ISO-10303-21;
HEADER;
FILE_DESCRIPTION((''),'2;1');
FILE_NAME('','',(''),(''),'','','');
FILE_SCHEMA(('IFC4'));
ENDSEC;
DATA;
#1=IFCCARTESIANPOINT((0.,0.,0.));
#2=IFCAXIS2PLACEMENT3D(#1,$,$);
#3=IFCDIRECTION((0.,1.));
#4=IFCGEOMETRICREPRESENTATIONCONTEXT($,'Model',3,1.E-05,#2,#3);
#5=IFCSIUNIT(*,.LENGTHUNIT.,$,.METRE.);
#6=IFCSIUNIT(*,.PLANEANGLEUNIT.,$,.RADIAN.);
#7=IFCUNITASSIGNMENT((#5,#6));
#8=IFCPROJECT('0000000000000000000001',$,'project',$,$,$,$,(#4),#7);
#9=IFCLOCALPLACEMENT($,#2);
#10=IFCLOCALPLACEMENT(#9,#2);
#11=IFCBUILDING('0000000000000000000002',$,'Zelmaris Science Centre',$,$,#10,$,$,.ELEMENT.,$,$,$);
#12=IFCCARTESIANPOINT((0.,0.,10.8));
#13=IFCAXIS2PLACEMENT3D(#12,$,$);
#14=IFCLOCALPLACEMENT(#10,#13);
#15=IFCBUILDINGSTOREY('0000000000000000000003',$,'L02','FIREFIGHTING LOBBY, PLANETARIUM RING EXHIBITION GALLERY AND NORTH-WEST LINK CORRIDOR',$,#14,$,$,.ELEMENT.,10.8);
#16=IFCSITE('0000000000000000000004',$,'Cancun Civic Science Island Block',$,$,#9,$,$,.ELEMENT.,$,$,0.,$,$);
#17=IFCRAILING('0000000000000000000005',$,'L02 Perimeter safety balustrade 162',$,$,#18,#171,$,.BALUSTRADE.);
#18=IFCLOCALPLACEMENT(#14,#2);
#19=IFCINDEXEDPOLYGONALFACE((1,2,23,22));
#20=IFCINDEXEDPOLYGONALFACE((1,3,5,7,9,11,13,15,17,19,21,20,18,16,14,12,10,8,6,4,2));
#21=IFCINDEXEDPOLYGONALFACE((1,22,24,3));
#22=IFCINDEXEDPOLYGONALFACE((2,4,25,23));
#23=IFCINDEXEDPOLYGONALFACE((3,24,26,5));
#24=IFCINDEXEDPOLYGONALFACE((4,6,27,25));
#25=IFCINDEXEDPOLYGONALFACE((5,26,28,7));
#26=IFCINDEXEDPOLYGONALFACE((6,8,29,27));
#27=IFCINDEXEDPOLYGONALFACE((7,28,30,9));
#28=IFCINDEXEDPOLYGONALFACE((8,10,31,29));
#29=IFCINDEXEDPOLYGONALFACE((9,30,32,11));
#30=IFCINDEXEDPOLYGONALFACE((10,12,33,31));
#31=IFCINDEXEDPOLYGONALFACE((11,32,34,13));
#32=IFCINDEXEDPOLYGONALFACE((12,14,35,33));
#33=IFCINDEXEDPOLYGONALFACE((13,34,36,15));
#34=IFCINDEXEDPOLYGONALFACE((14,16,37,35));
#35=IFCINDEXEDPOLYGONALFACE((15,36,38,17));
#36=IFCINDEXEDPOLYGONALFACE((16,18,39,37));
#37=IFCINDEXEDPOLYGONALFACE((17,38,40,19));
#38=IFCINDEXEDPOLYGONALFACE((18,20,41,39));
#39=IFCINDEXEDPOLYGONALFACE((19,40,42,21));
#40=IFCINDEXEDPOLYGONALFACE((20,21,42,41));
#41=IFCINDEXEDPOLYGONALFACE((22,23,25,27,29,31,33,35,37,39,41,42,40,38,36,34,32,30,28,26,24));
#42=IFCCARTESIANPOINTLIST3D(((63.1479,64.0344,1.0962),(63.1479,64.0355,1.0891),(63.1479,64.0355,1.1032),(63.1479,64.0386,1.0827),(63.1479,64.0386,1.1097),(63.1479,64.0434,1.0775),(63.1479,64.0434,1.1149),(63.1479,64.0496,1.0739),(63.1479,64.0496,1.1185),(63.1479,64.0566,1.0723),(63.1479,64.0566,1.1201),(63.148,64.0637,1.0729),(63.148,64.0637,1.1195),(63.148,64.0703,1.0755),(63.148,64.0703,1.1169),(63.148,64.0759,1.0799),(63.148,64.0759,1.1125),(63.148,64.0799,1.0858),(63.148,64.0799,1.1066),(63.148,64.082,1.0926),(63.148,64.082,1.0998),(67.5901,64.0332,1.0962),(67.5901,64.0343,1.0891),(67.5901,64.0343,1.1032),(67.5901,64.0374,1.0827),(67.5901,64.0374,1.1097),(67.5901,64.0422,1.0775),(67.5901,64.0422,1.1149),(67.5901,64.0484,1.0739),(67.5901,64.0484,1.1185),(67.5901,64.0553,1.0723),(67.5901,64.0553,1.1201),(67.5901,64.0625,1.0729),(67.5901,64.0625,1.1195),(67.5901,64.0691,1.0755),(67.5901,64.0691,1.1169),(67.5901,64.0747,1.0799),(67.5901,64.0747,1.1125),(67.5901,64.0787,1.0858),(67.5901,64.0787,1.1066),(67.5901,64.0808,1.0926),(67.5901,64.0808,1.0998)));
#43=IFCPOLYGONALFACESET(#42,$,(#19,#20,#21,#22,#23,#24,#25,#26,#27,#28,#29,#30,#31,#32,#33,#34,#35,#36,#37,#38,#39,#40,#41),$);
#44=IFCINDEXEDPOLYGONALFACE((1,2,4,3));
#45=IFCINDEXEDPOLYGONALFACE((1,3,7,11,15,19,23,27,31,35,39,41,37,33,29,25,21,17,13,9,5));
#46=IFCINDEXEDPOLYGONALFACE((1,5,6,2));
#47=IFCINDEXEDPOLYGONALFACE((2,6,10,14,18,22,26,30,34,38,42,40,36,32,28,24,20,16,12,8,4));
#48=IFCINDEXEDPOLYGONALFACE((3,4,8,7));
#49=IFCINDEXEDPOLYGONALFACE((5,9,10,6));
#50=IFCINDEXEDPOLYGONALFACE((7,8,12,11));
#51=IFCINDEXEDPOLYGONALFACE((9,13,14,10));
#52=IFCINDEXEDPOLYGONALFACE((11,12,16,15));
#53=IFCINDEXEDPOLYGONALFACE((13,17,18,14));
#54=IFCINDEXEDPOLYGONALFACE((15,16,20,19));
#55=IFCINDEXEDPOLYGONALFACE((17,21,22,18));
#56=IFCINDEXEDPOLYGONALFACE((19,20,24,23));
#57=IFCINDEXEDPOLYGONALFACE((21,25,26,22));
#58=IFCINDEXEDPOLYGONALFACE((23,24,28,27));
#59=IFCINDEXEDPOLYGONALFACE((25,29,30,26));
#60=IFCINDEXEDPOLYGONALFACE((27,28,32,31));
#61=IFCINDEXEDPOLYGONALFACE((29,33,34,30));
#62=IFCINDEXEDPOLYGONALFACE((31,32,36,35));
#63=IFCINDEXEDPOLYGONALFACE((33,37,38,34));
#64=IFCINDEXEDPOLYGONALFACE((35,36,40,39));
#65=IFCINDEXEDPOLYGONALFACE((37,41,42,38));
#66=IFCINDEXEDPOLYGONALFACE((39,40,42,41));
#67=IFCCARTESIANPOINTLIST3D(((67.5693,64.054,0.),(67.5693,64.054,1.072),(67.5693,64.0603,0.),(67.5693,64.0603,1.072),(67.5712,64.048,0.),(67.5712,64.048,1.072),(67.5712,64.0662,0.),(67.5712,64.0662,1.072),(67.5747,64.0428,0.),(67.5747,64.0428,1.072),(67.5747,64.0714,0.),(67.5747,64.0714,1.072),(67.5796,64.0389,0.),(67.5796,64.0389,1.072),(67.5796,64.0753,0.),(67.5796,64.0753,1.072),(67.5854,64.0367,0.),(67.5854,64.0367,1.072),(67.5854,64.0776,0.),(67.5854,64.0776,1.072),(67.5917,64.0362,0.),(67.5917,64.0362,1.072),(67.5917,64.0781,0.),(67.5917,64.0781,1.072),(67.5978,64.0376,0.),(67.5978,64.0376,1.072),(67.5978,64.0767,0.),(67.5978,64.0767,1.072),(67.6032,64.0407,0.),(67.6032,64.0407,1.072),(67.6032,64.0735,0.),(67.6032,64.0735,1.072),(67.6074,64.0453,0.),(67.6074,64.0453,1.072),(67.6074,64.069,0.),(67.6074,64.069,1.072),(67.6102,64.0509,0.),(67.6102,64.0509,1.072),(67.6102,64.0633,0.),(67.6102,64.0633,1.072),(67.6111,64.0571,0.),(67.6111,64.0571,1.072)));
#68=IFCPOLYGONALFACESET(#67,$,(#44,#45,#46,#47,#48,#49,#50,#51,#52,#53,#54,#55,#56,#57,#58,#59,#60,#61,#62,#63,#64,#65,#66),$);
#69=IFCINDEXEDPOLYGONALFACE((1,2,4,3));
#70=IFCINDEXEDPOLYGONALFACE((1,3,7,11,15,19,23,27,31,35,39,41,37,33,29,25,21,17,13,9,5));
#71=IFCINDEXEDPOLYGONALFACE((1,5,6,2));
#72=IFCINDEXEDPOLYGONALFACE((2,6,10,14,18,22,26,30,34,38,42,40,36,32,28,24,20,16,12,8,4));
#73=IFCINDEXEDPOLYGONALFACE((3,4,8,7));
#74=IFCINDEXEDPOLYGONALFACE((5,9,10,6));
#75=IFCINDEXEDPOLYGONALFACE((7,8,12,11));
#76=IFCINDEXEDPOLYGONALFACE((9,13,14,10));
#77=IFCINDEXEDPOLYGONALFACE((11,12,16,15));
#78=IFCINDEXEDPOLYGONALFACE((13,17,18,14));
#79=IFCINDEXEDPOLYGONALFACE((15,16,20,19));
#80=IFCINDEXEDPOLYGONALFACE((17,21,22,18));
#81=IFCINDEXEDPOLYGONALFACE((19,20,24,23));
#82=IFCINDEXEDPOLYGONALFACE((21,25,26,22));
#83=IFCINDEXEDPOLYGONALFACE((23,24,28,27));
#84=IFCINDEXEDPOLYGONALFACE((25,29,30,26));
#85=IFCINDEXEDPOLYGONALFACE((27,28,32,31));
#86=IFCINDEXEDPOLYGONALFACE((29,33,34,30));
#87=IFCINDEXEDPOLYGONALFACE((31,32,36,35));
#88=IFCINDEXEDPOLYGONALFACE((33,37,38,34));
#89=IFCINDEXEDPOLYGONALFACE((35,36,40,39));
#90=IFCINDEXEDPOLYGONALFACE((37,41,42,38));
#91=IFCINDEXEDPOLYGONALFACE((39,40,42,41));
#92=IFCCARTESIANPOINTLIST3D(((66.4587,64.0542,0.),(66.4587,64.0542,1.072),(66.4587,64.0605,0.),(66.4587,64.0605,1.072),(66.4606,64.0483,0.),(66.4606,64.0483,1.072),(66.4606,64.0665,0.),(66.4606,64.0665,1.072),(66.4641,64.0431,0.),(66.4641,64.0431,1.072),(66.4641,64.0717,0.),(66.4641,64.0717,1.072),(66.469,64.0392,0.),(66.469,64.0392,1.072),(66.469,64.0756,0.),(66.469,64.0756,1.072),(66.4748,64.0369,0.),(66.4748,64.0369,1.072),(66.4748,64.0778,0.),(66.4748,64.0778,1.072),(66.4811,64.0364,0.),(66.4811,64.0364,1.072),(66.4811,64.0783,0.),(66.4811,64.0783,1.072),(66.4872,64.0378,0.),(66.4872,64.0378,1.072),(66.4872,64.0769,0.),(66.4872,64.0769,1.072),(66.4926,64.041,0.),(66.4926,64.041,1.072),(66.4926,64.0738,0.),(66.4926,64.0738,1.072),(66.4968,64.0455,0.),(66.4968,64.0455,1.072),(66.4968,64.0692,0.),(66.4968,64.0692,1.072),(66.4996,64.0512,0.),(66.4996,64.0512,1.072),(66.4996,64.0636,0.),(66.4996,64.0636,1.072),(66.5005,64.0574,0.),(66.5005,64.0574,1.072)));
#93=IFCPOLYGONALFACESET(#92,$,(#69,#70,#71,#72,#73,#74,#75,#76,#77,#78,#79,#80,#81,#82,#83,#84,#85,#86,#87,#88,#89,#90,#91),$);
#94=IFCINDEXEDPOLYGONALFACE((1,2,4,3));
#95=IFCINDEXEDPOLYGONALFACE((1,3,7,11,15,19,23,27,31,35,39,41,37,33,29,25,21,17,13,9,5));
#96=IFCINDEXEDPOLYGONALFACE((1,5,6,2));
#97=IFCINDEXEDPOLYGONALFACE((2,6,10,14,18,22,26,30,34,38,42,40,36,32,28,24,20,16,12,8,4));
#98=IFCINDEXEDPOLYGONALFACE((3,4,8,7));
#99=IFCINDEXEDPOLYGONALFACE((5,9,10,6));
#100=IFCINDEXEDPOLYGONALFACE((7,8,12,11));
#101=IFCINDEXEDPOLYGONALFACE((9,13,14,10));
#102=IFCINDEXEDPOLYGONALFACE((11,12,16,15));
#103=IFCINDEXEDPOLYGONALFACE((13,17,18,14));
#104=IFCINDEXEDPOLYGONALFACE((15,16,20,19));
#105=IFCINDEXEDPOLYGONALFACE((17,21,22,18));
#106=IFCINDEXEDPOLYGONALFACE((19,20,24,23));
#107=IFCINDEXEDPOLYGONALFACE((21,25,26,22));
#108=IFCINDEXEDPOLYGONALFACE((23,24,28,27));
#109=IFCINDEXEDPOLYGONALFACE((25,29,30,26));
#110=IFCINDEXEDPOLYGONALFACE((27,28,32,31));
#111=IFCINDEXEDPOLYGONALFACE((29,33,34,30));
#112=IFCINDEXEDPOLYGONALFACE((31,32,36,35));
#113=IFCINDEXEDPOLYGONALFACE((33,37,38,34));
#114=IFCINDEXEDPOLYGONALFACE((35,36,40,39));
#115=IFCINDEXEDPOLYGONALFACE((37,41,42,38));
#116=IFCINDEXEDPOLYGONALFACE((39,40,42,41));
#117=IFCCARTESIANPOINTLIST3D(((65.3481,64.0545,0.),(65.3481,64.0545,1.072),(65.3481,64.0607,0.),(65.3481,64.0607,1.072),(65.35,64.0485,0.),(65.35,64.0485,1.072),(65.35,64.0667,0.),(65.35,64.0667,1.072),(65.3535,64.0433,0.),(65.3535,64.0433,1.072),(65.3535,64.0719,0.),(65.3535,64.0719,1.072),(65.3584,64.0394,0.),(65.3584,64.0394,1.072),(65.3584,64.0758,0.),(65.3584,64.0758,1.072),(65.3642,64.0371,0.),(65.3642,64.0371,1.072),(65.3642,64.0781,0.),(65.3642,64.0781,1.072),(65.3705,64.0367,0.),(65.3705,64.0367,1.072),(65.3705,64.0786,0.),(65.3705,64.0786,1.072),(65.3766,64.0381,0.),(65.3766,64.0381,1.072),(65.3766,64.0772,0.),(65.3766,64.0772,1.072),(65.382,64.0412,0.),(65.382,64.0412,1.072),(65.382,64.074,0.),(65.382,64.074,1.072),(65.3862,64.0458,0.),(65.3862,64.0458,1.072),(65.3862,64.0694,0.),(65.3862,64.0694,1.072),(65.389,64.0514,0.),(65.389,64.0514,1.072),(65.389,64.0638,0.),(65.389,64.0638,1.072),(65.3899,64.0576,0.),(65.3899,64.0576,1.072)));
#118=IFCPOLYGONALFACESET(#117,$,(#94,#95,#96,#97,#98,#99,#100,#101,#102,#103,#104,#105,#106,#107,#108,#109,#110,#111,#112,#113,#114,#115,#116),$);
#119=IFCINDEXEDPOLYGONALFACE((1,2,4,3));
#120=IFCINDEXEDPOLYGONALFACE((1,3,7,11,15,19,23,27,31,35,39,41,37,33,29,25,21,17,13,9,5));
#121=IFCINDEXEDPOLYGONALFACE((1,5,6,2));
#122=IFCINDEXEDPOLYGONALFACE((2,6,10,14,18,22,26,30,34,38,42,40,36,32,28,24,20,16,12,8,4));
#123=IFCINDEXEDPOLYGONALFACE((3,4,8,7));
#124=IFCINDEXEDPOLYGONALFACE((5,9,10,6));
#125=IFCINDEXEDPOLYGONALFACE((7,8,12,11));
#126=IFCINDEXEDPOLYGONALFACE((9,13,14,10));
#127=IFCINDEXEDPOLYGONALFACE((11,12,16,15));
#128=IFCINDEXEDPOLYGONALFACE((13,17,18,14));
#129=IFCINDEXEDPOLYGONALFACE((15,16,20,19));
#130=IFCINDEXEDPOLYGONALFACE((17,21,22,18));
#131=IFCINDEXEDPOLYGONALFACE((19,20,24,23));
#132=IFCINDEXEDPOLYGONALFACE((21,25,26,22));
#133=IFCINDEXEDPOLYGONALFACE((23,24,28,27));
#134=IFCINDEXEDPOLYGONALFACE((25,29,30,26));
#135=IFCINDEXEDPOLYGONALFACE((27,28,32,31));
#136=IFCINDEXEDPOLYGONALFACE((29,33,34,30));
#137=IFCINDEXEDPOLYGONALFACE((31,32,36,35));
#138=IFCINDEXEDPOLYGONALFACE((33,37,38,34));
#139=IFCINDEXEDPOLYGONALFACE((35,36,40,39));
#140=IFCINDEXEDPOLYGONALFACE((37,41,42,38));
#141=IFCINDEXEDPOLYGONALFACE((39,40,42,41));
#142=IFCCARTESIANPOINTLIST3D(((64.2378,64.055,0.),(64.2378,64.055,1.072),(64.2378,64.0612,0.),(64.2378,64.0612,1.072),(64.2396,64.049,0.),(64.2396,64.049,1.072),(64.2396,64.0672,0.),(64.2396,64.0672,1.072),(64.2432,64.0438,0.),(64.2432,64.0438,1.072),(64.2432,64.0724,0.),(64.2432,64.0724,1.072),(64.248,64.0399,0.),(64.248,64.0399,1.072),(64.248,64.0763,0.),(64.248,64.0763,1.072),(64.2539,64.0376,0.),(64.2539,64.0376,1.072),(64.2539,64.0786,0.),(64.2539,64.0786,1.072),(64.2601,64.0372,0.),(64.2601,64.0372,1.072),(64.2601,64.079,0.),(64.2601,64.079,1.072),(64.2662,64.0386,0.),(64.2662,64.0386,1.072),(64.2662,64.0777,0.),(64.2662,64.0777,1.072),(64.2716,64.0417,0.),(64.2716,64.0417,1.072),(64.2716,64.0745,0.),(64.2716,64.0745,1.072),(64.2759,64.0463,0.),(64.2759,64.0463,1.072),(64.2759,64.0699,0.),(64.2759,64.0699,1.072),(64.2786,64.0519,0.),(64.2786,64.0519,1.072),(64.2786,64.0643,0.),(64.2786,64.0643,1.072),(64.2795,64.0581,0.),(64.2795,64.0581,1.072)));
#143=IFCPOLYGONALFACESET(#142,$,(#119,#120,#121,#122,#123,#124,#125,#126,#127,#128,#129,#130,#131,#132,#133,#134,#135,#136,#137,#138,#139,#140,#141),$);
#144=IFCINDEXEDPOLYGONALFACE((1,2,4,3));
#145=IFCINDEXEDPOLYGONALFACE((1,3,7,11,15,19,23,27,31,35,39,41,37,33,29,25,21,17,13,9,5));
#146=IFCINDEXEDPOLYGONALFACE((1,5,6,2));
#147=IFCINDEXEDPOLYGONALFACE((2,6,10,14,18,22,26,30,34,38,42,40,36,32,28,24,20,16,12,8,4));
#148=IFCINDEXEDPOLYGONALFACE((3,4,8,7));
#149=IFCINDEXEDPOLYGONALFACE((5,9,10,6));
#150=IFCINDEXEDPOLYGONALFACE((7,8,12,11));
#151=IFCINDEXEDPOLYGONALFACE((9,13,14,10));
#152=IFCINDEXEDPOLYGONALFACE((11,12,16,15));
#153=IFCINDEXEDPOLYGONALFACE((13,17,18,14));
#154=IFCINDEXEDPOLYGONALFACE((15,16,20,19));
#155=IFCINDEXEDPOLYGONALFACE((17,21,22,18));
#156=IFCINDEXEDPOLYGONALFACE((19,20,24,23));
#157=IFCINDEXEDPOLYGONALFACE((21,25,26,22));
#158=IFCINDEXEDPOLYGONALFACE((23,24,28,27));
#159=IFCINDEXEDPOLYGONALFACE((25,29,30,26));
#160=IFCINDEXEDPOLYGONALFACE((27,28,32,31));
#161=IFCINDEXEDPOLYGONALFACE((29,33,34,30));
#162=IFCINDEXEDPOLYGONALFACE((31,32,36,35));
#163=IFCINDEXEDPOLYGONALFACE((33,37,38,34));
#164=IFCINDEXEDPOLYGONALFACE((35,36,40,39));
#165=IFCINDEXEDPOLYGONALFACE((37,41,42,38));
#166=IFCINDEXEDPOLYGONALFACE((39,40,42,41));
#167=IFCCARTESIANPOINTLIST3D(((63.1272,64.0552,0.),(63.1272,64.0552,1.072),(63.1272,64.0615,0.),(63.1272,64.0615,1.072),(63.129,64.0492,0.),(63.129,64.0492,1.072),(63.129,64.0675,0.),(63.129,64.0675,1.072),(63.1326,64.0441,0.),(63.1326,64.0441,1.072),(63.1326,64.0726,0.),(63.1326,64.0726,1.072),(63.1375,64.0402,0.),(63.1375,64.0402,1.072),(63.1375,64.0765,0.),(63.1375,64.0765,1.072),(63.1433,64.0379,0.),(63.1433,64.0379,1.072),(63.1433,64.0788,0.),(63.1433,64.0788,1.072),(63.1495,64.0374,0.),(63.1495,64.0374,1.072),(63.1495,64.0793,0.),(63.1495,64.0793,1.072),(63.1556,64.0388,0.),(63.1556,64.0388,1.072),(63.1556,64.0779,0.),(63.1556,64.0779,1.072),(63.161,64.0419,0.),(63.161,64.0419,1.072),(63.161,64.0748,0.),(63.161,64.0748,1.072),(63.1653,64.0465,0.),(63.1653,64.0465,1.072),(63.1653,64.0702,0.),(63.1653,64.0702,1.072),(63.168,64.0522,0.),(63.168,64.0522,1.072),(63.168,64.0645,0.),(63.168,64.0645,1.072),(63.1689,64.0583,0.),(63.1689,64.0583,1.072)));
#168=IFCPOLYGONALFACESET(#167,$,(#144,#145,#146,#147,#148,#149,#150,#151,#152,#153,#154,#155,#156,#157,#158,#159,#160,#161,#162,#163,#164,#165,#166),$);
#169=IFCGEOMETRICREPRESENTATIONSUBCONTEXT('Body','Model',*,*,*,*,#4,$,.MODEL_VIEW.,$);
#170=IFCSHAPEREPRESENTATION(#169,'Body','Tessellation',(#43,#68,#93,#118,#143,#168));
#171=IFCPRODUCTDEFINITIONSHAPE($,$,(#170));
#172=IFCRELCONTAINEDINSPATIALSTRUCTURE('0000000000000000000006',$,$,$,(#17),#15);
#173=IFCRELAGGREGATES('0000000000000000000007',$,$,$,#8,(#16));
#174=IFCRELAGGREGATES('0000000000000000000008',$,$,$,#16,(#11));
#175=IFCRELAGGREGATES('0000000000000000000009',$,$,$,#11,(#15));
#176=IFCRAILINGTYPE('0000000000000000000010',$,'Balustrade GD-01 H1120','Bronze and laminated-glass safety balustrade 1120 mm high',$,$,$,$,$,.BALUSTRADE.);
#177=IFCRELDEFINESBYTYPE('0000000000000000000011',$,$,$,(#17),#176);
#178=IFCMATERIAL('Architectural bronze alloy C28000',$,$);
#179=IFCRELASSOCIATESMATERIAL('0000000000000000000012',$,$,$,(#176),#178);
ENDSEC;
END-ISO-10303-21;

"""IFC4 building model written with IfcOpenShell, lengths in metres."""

from ifc_helpers import new_model, si_unit, direction, frame, origin, origin_2d, place, context, subcontext, project, spatial, circle, extrude, material, type_object, element, save


model = new_model("IFC4")

# Units and contexts
model_context = context("Model", 3, precision=1e-05, world=origin(), true_north=direction((0.0, 1.0)))
body_context = subcontext(model_context, "Body", "Model", "MODEL_VIEW")
ifc_project = project(units=[si_unit("LENGTHUNIT", "METRE"), si_unit("PLANEANGLEUNIT", "RADIAN")], contexts=[model_context])

# Site, building, storey
site_placement = place(None, origin())
site = spatial("IfcSite", under=ifc_project, at=site_placement, Name="Cancun Civic Science Island Block", CompositionType="ELEMENT", RefElevation=0.0)
building_placement = place(site_placement, origin())
building = spatial("IfcBuilding", under=site, at=building_placement, Name="Zelmaris Science Centre", CompositionType="ELEMENT")
storey_placement = place(building_placement, frame((0.0, 0.0, 10.8)))
storey = spatial("IfcBuildingStorey", under=building, at=storey_placement, Name="L02", Description="FIREFIGHTING LOBBY, PLANETARIUM RING EXHIBITION GALLERY AND NORTH-WEST LINK CORRIDOR", CompositionType="ELEMENT", Elevation=10.8)

# Railing
ifc_material_1 = material(Name="Architectural bronze alloy C28000")
railing_type = type_object("IfcRailingType", Name="Balustrade GD-01 H1120", Description="Bronze and laminated-glass safety balustrade 1120 mm high", PredefinedType="BALUSTRADE", material=ifc_material_1)
railing_1_placement = place(storey_placement, frame((67.5901, 64.0571, 0.0)))
element("IfcRailing", 1, at=railing_1_placement, inside=storey, type_object=railing_type, Name="L02 Perimeter safety balustrade 162", PredefinedType="BALUSTRADE", context=body_context, shape_type="SweptSolid", body=[
    extrude(circle(Radius=0.0239, at=origin_2d()), frame((0.0, 0.0, 1.0962), z_axis=(-1.0, 0.000275, 0.0), x_axis=(-0.000275, -1.0, 0.0)), (0.0, 0.0, 1.0), 4.4421),
    extrude(circle(Radius=0.021, at=origin_2d()), origin(), (0.0, 0.0, 1.0), 1.072),
    extrude(circle(Radius=0.021, at=origin_2d()), frame((-1.1106, 0.0002, 0.0)), (0.0, 0.0, 1.0), 1.072),
    extrude(circle(Radius=0.021, at=origin_2d()), frame((-2.2212, 0.0005, 0.0)), (0.0, 0.0, 1.0), 1.072),
    extrude(circle(Radius=0.021, at=origin_2d()), frame((-3.3315, 0.001, 0.0)), (0.0, 0.0, 1.0), 1.072),
    extrude(circle(Radius=0.021, at=origin_2d()), frame((-4.4421, 0.0012, 0.0)), (0.0, 0.0, 1.0), 1.072),
])

save(model, "model.ifc")
